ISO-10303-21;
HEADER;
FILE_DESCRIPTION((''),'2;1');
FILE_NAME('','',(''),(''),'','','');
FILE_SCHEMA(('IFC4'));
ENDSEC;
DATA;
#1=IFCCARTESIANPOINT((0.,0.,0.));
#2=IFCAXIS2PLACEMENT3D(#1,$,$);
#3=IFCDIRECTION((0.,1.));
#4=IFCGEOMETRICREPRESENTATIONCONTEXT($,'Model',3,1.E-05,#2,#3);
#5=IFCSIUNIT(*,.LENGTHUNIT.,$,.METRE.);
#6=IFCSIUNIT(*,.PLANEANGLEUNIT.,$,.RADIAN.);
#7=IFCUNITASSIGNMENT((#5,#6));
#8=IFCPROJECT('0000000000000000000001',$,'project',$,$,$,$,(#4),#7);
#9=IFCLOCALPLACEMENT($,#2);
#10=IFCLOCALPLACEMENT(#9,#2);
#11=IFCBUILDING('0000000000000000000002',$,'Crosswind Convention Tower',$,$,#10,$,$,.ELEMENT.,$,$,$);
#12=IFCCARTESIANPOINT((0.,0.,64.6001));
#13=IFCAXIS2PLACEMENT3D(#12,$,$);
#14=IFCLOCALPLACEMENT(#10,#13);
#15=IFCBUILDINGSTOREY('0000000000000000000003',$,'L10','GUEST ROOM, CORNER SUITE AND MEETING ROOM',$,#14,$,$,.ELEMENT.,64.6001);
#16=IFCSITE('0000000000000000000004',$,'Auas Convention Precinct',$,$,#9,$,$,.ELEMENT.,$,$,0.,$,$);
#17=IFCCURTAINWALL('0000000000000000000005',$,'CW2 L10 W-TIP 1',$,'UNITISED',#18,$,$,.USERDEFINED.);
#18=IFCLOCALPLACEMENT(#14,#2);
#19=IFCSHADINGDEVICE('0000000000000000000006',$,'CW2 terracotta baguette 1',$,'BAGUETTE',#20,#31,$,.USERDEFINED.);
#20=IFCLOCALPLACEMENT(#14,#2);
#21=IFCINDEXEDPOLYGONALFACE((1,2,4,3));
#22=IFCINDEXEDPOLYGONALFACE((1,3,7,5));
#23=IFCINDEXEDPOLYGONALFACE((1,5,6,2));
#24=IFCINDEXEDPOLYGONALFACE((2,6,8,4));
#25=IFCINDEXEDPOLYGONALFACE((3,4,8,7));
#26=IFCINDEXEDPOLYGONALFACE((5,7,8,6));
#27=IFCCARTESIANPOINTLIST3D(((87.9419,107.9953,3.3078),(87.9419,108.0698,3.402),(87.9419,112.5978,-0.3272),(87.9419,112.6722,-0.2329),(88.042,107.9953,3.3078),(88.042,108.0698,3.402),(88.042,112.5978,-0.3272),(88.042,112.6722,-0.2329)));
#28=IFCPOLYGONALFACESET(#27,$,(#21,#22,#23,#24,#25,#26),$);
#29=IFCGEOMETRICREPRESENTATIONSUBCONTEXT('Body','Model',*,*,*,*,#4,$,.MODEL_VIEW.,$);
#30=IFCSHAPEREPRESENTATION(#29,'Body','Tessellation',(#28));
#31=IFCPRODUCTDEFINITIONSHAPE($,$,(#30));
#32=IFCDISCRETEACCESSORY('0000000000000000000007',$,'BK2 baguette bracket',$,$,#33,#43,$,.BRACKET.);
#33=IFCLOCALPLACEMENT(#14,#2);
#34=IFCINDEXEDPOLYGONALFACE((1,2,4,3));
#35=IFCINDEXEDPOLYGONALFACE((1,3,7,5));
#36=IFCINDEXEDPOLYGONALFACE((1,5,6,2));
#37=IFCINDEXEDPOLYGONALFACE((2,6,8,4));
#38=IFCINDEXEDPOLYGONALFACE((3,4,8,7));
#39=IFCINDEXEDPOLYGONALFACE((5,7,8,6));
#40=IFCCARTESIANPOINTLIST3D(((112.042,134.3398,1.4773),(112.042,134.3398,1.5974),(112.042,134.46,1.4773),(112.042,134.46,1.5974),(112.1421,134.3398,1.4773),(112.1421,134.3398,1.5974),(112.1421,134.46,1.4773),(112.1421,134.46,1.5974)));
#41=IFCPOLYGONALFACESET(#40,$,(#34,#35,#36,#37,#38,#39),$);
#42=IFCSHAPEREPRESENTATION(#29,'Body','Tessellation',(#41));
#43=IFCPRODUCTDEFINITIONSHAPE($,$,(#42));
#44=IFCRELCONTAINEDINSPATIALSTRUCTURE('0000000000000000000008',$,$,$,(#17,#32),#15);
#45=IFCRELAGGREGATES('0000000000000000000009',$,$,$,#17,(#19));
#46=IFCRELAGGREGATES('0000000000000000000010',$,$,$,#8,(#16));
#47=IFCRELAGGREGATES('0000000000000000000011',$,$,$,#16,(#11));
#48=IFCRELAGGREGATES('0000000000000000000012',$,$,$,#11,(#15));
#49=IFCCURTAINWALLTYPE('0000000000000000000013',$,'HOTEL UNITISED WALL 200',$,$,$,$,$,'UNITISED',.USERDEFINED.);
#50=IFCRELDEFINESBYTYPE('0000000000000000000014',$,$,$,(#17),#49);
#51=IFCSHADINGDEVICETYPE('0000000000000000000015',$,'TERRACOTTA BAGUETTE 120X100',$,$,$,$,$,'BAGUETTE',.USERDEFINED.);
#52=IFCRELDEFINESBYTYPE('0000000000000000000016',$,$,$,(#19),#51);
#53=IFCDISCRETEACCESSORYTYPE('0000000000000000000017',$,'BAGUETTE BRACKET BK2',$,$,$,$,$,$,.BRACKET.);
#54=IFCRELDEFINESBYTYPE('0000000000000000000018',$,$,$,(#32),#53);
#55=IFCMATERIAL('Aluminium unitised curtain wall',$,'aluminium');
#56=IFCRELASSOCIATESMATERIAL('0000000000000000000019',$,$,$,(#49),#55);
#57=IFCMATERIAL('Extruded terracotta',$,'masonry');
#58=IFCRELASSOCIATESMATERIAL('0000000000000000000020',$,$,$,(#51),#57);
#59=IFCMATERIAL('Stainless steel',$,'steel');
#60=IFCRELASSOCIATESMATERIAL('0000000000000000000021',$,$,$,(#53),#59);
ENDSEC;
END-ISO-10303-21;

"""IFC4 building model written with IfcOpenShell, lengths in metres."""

from ifc_helpers import new_model, si_unit, direction, frame, origin, origin_2d, place, context, subcontext, project, spatial, rectangle, extrude, material, material_profile, profile_set, type_object, element, aggregate, save


model = new_model("IFC4")

# Units and contexts
model_context = context("Model", 3, precision=1e-05, world=origin(), true_north=direction((0.0, 1.0)))
body_context = subcontext(model_context, "Body", "Model", "MODEL_VIEW")
ifc_project = project(units=[si_unit("LENGTHUNIT", "METRE"), si_unit("PLANEANGLEUNIT", "RADIAN")], contexts=[model_context])

# Site, building, storey
site_placement = place(None, origin())
site = spatial("IfcSite", under=ifc_project, at=site_placement, Name="Auas Convention Precinct", CompositionType="ELEMENT", RefElevation=0.0)
building_placement = place(site_placement, origin())
building = spatial("IfcBuilding", under=site, at=building_placement, Name="Crosswind Convention Tower", CompositionType="ELEMENT")
storey_placement = place(building_placement, frame((0.0, 0.0, 64.6001)))
storey = spatial("IfcBuildingStorey", under=building, at=storey_placement, Name="L10", Description="GUEST ROOM, CORNER SUITE AND MEETING ROOM", CompositionType="ELEMENT", Elevation=64.6001)

# Shared definitions
ifc_material_1 = material(Name="Aluminium unitised curtain wall", Category="aluminium")

# Shared definitions
curtain_wall_type_1 = type_object("IfcCurtainWallType", Name="HOTEL UNITISED WALL 200", ElementType="UNITISED", PredefinedType="USERDEFINED", material=ifc_material_1)

# Curtain wall
curtain_wall_1_placement = place(storey_placement, origin())
curtain_wall_1 = element("IfcCurtainWall", 1, at=curtain_wall_1_placement, inside=storey, type_object=curtain_wall_type_1, Name="CW2 L10 W-TIP 1", ObjectType="UNITISED", PredefinedType="USERDEFINED")

# Shading device
ifc_material_2 = material(Name="Extruded terracotta", Category="masonry")
ifc_material_profile_1 = material_profile(ifc_material_2, rectangle(XDim=0.1001, YDim=0.1201, at=origin_2d()), Name="TC 100X120")
ifc_profile_set_1 = profile_set([ifc_material_profile_1], Name="Extruded terracotta")
shading_device_type = type_object("IfcShadingDeviceType", Name="TERRACOTTA BAGUETTE 120X100", ElementType="BAGUETTE", PredefinedType="USERDEFINED", material=ifc_profile_set_1)
shading_device_1_placement = place(storey_placement, frame((87.9919, 112.635, -0.28), z_axis=(0.0, -0.784764, 0.619794), x_axis=(1.0, 0.0, 0.0)))
shading_device_1 = element("IfcShadingDevice", 2, at=shading_device_1_placement, type_object=shading_device_type, Name="CW2 terracotta baguette 1", ObjectType="BAGUETTE", PredefinedType="USERDEFINED", context=body_context, shape_type="SweptSolid", body=[
    extrude(rectangle(XDim=0.1001, YDim=0.1201, at=origin_2d()), origin(), (0.0, 0.0, 1.0), 5.8647),
])
aggregate(curtain_wall_1, [shading_device_1])

# Discrete accessory
ifc_material_3 = material(Name="Stainless steel", Category="steel")
discrete_accessory_type = type_object("IfcDiscreteAccessoryType", Name="BAGUETTE BRACKET BK2", PredefinedType="BRACKET", material=ifc_material_3)
discrete_accessory_placement = place(storey_placement, frame((112.092, 134.3999, 1.4773), z_axis=(0.0, 0.0, 1.0), x_axis=(0.0, -1.0, 0.0)))
element("IfcDiscreteAccessory", 3, at=discrete_accessory_placement, inside=storey, type_object=discrete_accessory_type, Name="BK2 baguette bracket", PredefinedType="BRACKET", context=body_context, shape_type="SweptSolid", body=[
    extrude(rectangle(XDim=0.1201, YDim=0.1001, at=origin_2d()), origin(), (0.0, 0.0, 1.0), 0.1201),
])

save(model, "model.ifc")
